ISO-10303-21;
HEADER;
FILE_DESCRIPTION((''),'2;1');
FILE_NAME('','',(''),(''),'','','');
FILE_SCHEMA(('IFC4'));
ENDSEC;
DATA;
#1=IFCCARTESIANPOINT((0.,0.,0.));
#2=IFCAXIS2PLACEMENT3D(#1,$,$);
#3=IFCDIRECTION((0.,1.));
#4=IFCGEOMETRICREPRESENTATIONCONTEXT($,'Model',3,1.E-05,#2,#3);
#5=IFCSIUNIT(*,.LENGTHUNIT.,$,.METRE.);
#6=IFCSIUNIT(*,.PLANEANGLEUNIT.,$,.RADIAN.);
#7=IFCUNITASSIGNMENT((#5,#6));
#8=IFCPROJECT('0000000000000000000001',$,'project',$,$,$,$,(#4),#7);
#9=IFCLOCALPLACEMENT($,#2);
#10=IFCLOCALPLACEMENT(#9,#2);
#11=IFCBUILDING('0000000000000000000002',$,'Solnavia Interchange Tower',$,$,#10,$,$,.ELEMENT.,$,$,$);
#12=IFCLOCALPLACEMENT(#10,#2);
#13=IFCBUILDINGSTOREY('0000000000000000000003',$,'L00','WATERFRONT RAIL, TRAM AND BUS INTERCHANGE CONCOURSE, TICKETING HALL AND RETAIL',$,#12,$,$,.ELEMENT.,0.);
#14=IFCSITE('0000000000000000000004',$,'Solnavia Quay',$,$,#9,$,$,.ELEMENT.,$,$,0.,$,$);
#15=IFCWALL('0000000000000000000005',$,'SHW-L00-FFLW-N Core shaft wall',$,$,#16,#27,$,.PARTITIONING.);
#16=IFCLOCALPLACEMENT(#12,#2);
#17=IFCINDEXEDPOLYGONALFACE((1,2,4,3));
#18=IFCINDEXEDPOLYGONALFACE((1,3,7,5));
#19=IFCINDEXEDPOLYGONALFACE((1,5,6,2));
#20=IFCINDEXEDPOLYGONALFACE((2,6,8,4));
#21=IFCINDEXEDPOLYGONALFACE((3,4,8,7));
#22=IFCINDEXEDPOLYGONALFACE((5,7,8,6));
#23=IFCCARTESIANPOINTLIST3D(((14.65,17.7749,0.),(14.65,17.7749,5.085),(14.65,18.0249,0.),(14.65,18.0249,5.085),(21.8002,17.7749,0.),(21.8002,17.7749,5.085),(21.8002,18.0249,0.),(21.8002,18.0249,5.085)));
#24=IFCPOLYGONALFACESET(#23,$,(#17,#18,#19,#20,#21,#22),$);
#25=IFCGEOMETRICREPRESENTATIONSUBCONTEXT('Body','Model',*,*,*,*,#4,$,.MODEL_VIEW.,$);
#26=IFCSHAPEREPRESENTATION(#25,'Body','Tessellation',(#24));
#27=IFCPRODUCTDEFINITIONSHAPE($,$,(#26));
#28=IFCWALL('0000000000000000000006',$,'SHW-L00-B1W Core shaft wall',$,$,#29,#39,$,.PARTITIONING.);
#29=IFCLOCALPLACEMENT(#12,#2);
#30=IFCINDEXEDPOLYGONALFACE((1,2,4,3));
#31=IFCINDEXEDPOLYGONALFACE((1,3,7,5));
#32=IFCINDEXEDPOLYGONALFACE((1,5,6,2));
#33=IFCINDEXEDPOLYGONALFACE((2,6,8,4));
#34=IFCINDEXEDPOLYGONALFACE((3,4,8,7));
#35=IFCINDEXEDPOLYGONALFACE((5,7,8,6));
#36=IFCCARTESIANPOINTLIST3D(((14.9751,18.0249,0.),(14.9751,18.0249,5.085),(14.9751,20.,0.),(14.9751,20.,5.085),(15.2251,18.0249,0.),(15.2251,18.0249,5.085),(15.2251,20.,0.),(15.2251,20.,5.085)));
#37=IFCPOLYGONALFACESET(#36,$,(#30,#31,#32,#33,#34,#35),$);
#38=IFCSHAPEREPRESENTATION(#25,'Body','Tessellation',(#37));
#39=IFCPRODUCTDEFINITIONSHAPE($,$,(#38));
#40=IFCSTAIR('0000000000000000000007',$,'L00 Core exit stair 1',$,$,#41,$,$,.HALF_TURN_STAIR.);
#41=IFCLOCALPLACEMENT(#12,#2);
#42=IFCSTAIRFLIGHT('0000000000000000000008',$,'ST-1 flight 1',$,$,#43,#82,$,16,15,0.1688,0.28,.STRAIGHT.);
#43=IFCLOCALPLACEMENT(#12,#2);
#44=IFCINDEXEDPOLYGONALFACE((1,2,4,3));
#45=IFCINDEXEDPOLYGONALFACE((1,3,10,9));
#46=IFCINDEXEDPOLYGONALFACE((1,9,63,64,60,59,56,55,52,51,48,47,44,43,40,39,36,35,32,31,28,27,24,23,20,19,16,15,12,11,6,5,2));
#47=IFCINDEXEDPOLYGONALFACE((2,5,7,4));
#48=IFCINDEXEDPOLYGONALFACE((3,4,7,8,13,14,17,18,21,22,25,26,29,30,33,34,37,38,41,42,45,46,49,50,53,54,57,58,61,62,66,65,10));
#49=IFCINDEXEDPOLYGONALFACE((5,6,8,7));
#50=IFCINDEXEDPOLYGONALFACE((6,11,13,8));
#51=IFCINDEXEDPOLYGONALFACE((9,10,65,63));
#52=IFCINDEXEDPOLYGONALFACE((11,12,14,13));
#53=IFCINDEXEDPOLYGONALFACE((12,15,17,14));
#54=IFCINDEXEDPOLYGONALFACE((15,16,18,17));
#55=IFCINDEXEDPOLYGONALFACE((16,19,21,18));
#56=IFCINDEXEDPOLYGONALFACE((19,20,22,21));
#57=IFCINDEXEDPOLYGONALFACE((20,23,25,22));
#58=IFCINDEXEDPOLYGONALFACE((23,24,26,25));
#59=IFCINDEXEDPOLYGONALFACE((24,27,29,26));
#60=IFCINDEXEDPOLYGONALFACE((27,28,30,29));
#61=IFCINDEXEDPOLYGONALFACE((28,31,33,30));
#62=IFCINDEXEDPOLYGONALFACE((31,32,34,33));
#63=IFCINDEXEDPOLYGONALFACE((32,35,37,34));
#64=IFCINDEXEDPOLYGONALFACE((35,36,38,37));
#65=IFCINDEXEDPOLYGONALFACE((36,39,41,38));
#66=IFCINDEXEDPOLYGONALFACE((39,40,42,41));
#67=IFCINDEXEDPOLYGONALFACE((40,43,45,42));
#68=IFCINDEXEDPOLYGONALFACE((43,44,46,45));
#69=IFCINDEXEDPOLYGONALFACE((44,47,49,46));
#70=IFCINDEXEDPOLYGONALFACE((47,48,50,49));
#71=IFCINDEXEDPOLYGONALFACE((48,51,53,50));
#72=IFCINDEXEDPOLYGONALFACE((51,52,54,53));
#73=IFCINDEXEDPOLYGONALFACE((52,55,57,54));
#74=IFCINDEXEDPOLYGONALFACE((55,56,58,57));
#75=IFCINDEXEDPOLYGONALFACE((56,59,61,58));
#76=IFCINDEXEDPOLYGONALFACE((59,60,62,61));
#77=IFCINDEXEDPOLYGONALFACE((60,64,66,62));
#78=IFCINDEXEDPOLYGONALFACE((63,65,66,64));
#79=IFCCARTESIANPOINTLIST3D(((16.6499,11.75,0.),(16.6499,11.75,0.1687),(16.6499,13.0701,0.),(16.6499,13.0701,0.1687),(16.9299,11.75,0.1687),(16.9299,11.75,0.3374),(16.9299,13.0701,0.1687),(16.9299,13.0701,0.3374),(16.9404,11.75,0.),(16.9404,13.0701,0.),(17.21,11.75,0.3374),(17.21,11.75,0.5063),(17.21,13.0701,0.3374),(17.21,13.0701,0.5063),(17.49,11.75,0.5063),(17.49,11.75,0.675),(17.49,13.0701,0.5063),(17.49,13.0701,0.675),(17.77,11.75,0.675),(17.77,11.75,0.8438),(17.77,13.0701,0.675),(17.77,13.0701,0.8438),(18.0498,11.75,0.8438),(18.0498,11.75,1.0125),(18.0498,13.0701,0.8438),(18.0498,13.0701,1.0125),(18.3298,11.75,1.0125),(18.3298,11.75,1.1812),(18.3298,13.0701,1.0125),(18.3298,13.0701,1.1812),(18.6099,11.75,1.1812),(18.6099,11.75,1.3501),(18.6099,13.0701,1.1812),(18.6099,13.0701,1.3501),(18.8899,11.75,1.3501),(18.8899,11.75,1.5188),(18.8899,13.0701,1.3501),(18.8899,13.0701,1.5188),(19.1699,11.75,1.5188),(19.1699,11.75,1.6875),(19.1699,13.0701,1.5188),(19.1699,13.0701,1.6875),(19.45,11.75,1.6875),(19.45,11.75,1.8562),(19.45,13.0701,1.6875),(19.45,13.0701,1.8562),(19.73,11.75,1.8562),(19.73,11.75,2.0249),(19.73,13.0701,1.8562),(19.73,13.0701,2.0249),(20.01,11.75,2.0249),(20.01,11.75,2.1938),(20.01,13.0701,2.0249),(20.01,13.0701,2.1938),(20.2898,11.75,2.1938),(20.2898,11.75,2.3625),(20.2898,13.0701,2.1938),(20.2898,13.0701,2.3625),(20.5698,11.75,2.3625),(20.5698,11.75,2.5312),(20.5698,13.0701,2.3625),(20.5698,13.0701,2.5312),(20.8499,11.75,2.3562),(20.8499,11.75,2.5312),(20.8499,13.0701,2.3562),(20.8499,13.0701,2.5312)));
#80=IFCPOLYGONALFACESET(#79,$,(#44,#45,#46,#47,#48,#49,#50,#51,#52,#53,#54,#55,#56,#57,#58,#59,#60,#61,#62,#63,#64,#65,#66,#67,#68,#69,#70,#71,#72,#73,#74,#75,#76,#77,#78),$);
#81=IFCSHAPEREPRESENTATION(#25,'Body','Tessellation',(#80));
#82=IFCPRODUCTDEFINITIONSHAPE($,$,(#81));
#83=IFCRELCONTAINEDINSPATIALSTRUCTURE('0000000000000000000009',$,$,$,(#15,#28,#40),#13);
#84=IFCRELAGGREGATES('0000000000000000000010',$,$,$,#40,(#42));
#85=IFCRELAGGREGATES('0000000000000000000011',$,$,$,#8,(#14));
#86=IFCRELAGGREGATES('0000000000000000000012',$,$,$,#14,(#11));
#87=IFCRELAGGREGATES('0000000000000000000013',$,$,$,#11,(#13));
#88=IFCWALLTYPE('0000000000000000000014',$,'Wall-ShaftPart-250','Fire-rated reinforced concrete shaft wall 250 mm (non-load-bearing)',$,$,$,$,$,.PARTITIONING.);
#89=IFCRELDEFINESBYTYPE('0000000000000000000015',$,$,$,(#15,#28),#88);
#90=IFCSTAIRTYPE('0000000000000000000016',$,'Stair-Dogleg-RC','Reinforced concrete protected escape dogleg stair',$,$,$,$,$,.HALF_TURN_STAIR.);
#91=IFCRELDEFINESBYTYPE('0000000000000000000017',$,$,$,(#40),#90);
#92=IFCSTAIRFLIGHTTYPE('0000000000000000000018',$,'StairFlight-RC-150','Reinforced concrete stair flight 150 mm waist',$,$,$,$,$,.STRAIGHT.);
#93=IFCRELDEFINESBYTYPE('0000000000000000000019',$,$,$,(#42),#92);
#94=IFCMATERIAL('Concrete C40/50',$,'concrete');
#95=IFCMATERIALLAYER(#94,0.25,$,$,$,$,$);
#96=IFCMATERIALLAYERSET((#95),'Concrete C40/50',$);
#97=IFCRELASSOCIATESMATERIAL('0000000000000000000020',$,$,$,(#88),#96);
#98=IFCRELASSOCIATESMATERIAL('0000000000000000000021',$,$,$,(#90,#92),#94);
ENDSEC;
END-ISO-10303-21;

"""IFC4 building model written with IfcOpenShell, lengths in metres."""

from ifc_helpers import new_model, si_unit, direction, frame, frame_2d, origin, place, context, subcontext, project, spatial, polyline, rectangle, outline, extrude, material, layer, layer_set, type_object, element, aggregate, save


model = new_model("IFC4")

# Units and contexts
model_context = context("Model", 3, precision=1e-05, world=origin(), true_north=direction((0.0, 1.0)))
body_context = subcontext(model_context, "Body", "Model", "MODEL_VIEW")
ifc_project = project(units=[si_unit("LENGTHUNIT", "METRE"), si_unit("PLANEANGLEUNIT", "RADIAN")], contexts=[model_context])

# Site, building, storey
site_placement = place(None, origin())
site = spatial("IfcSite", under=ifc_project, at=site_placement, Name="Solnavia Quay", CompositionType="ELEMENT", RefElevation=0.0)
building_placement = place(site_placement, origin())
building = spatial("IfcBuilding", under=site, at=building_placement, Name="Solnavia Interchange Tower", CompositionType="ELEMENT")
storey_placement = place(building_placement, origin())
storey = spatial("IfcBuildingStorey", under=building, at=storey_placement, Name="L00", Description="WATERFRONT RAIL, TRAM AND BUS INTERCHANGE CONCOURSE, TICKETING HALL AND RETAIL", CompositionType="ELEMENT", Elevation=0.0)

# Shared definitions
ifc_material_1 = material(Name="Concrete C40/50", Category="concrete")

# Walls
ifc_layer_1 = layer(ifc_material_1, 0.25)
ifc_layer_set_1 = layer_set([ifc_layer_1], Name="Concrete C40/50")
wall_type_1 = type_object("IfcWallType", Name="Wall-ShaftPart-250", Description="Fire-rated reinforced concrete shaft wall 250 mm (non-load-bearing)", PredefinedType="PARTITIONING", material=ifc_layer_set_1)
wall_1_placement = place(storey_placement, frame((14.6499, 17.8999, 0.0), z_axis=(0.0, 0.0, 1.0), x_axis=(1.0, 0.0, 0.0)))
element("IfcWall", 1, at=wall_1_placement, inside=storey, type_object=wall_type_1, Name="SHW-L00-FFLW-N Core shaft wall", PredefinedType="PARTITIONING", context=body_context, shape_type="SweptSolid", body=[
    extrude(rectangle(XDim=7.1501, YDim=0.25, at=frame_2d((3.5752, 0.0))), origin(), (0.0, 0.0, 1.0), 5.085),
])
wall_2_placement = place(storey_placement, frame((15.1001, 18.0249, 0.0), z_axis=(0.0, 0.0, 1.0), x_axis=(0.0, 1.0, 0.0)))
element("IfcWall", 2, at=wall_2_placement, inside=storey, type_object=wall_type_1, Name="SHW-L00-B1W Core shaft wall", PredefinedType="PARTITIONING", context=body_context, shape_type="SweptSolid", body=[
    extrude(rectangle(XDim=1.9751, YDim=0.25, at=frame_2d((0.9875, 0.0))), origin(), (0.0, 0.0, 1.0), 5.085),
])

# Stair, stair flight
stair_type = type_object("IfcStairType", Name="Stair-Dogleg-RC", Description="Reinforced concrete protected escape dogleg stair", PredefinedType="HALF_TURN_STAIR", material=ifc_material_1)
stair_placement = place(storey_placement, origin())
stair = element("IfcStair", 3, at=stair_placement, inside=storey, type_object=stair_type, Name="L00 Core exit stair 1", PredefinedType="HALF_TURN_STAIR")
stair_flight_type = type_object("IfcStairFlightType", Name="StairFlight-RC-150", Description="Reinforced concrete stair flight 150 mm waist", PredefinedType="STRAIGHT", material=ifc_material_1)
stair_flight_placement = place(storey_placement, frame((16.6499, 12.4099, 0.0), z_axis=(0.0, 0.0, 1.0), x_axis=(1.0, 0.0, 0.0)))
stair_flight = element("IfcStairFlight", 4, at=stair_flight_placement, type_object=stair_flight_type, Name="ST-1 flight 1", NumberOfRisers=16, NumberOfTreads=15, PredefinedType="STRAIGHT", RiserHeight=0.1688, TreadLength=0.28, context=body_context, shape_type="SweptSolid", body=[
    extrude(outline(polyline([(0.0, 0.0), (0.0, 0.1687), (0.28, 0.1687), (0.28, 0.3374), (0.5601, 0.3374), (0.5601, 0.5063), (0.8401, 0.5063), (0.8401, 0.675), (1.1201, 0.675), (1.1201, 0.8438), (1.3999, 0.8438), (1.3999, 1.0125), (1.6799, 1.0125), (1.6799, 1.1812), (1.96, 1.1812), (1.96, 1.3501), (2.24, 1.3501), (2.24, 1.5188), (2.52, 1.5188), (2.52, 1.6875), (2.8, 1.6875), (2.8, 1.8562), (3.0801, 1.8562), (3.0801, 2.0249), (3.3601, 2.0249), (3.3601, 2.1938), (3.6399, 2.1938), (3.6399, 2.3625), (3.9199, 2.3625), (3.9199, 2.5312), (4.2, 2.5312), (4.2, 2.7), (4.2, 2.3562), (0.2905, 0.0), (0.0, 0.0)])), frame((0.0, 0.6602, 0.0), z_axis=(0.0, -1.0, 0.0), x_axis=(1.0, 0.0, 0.0)), (0.0, 0.0, 1.0), 1.3201),
])
aggregate(stair, [stair_flight])

save(model, "model.ifc")
